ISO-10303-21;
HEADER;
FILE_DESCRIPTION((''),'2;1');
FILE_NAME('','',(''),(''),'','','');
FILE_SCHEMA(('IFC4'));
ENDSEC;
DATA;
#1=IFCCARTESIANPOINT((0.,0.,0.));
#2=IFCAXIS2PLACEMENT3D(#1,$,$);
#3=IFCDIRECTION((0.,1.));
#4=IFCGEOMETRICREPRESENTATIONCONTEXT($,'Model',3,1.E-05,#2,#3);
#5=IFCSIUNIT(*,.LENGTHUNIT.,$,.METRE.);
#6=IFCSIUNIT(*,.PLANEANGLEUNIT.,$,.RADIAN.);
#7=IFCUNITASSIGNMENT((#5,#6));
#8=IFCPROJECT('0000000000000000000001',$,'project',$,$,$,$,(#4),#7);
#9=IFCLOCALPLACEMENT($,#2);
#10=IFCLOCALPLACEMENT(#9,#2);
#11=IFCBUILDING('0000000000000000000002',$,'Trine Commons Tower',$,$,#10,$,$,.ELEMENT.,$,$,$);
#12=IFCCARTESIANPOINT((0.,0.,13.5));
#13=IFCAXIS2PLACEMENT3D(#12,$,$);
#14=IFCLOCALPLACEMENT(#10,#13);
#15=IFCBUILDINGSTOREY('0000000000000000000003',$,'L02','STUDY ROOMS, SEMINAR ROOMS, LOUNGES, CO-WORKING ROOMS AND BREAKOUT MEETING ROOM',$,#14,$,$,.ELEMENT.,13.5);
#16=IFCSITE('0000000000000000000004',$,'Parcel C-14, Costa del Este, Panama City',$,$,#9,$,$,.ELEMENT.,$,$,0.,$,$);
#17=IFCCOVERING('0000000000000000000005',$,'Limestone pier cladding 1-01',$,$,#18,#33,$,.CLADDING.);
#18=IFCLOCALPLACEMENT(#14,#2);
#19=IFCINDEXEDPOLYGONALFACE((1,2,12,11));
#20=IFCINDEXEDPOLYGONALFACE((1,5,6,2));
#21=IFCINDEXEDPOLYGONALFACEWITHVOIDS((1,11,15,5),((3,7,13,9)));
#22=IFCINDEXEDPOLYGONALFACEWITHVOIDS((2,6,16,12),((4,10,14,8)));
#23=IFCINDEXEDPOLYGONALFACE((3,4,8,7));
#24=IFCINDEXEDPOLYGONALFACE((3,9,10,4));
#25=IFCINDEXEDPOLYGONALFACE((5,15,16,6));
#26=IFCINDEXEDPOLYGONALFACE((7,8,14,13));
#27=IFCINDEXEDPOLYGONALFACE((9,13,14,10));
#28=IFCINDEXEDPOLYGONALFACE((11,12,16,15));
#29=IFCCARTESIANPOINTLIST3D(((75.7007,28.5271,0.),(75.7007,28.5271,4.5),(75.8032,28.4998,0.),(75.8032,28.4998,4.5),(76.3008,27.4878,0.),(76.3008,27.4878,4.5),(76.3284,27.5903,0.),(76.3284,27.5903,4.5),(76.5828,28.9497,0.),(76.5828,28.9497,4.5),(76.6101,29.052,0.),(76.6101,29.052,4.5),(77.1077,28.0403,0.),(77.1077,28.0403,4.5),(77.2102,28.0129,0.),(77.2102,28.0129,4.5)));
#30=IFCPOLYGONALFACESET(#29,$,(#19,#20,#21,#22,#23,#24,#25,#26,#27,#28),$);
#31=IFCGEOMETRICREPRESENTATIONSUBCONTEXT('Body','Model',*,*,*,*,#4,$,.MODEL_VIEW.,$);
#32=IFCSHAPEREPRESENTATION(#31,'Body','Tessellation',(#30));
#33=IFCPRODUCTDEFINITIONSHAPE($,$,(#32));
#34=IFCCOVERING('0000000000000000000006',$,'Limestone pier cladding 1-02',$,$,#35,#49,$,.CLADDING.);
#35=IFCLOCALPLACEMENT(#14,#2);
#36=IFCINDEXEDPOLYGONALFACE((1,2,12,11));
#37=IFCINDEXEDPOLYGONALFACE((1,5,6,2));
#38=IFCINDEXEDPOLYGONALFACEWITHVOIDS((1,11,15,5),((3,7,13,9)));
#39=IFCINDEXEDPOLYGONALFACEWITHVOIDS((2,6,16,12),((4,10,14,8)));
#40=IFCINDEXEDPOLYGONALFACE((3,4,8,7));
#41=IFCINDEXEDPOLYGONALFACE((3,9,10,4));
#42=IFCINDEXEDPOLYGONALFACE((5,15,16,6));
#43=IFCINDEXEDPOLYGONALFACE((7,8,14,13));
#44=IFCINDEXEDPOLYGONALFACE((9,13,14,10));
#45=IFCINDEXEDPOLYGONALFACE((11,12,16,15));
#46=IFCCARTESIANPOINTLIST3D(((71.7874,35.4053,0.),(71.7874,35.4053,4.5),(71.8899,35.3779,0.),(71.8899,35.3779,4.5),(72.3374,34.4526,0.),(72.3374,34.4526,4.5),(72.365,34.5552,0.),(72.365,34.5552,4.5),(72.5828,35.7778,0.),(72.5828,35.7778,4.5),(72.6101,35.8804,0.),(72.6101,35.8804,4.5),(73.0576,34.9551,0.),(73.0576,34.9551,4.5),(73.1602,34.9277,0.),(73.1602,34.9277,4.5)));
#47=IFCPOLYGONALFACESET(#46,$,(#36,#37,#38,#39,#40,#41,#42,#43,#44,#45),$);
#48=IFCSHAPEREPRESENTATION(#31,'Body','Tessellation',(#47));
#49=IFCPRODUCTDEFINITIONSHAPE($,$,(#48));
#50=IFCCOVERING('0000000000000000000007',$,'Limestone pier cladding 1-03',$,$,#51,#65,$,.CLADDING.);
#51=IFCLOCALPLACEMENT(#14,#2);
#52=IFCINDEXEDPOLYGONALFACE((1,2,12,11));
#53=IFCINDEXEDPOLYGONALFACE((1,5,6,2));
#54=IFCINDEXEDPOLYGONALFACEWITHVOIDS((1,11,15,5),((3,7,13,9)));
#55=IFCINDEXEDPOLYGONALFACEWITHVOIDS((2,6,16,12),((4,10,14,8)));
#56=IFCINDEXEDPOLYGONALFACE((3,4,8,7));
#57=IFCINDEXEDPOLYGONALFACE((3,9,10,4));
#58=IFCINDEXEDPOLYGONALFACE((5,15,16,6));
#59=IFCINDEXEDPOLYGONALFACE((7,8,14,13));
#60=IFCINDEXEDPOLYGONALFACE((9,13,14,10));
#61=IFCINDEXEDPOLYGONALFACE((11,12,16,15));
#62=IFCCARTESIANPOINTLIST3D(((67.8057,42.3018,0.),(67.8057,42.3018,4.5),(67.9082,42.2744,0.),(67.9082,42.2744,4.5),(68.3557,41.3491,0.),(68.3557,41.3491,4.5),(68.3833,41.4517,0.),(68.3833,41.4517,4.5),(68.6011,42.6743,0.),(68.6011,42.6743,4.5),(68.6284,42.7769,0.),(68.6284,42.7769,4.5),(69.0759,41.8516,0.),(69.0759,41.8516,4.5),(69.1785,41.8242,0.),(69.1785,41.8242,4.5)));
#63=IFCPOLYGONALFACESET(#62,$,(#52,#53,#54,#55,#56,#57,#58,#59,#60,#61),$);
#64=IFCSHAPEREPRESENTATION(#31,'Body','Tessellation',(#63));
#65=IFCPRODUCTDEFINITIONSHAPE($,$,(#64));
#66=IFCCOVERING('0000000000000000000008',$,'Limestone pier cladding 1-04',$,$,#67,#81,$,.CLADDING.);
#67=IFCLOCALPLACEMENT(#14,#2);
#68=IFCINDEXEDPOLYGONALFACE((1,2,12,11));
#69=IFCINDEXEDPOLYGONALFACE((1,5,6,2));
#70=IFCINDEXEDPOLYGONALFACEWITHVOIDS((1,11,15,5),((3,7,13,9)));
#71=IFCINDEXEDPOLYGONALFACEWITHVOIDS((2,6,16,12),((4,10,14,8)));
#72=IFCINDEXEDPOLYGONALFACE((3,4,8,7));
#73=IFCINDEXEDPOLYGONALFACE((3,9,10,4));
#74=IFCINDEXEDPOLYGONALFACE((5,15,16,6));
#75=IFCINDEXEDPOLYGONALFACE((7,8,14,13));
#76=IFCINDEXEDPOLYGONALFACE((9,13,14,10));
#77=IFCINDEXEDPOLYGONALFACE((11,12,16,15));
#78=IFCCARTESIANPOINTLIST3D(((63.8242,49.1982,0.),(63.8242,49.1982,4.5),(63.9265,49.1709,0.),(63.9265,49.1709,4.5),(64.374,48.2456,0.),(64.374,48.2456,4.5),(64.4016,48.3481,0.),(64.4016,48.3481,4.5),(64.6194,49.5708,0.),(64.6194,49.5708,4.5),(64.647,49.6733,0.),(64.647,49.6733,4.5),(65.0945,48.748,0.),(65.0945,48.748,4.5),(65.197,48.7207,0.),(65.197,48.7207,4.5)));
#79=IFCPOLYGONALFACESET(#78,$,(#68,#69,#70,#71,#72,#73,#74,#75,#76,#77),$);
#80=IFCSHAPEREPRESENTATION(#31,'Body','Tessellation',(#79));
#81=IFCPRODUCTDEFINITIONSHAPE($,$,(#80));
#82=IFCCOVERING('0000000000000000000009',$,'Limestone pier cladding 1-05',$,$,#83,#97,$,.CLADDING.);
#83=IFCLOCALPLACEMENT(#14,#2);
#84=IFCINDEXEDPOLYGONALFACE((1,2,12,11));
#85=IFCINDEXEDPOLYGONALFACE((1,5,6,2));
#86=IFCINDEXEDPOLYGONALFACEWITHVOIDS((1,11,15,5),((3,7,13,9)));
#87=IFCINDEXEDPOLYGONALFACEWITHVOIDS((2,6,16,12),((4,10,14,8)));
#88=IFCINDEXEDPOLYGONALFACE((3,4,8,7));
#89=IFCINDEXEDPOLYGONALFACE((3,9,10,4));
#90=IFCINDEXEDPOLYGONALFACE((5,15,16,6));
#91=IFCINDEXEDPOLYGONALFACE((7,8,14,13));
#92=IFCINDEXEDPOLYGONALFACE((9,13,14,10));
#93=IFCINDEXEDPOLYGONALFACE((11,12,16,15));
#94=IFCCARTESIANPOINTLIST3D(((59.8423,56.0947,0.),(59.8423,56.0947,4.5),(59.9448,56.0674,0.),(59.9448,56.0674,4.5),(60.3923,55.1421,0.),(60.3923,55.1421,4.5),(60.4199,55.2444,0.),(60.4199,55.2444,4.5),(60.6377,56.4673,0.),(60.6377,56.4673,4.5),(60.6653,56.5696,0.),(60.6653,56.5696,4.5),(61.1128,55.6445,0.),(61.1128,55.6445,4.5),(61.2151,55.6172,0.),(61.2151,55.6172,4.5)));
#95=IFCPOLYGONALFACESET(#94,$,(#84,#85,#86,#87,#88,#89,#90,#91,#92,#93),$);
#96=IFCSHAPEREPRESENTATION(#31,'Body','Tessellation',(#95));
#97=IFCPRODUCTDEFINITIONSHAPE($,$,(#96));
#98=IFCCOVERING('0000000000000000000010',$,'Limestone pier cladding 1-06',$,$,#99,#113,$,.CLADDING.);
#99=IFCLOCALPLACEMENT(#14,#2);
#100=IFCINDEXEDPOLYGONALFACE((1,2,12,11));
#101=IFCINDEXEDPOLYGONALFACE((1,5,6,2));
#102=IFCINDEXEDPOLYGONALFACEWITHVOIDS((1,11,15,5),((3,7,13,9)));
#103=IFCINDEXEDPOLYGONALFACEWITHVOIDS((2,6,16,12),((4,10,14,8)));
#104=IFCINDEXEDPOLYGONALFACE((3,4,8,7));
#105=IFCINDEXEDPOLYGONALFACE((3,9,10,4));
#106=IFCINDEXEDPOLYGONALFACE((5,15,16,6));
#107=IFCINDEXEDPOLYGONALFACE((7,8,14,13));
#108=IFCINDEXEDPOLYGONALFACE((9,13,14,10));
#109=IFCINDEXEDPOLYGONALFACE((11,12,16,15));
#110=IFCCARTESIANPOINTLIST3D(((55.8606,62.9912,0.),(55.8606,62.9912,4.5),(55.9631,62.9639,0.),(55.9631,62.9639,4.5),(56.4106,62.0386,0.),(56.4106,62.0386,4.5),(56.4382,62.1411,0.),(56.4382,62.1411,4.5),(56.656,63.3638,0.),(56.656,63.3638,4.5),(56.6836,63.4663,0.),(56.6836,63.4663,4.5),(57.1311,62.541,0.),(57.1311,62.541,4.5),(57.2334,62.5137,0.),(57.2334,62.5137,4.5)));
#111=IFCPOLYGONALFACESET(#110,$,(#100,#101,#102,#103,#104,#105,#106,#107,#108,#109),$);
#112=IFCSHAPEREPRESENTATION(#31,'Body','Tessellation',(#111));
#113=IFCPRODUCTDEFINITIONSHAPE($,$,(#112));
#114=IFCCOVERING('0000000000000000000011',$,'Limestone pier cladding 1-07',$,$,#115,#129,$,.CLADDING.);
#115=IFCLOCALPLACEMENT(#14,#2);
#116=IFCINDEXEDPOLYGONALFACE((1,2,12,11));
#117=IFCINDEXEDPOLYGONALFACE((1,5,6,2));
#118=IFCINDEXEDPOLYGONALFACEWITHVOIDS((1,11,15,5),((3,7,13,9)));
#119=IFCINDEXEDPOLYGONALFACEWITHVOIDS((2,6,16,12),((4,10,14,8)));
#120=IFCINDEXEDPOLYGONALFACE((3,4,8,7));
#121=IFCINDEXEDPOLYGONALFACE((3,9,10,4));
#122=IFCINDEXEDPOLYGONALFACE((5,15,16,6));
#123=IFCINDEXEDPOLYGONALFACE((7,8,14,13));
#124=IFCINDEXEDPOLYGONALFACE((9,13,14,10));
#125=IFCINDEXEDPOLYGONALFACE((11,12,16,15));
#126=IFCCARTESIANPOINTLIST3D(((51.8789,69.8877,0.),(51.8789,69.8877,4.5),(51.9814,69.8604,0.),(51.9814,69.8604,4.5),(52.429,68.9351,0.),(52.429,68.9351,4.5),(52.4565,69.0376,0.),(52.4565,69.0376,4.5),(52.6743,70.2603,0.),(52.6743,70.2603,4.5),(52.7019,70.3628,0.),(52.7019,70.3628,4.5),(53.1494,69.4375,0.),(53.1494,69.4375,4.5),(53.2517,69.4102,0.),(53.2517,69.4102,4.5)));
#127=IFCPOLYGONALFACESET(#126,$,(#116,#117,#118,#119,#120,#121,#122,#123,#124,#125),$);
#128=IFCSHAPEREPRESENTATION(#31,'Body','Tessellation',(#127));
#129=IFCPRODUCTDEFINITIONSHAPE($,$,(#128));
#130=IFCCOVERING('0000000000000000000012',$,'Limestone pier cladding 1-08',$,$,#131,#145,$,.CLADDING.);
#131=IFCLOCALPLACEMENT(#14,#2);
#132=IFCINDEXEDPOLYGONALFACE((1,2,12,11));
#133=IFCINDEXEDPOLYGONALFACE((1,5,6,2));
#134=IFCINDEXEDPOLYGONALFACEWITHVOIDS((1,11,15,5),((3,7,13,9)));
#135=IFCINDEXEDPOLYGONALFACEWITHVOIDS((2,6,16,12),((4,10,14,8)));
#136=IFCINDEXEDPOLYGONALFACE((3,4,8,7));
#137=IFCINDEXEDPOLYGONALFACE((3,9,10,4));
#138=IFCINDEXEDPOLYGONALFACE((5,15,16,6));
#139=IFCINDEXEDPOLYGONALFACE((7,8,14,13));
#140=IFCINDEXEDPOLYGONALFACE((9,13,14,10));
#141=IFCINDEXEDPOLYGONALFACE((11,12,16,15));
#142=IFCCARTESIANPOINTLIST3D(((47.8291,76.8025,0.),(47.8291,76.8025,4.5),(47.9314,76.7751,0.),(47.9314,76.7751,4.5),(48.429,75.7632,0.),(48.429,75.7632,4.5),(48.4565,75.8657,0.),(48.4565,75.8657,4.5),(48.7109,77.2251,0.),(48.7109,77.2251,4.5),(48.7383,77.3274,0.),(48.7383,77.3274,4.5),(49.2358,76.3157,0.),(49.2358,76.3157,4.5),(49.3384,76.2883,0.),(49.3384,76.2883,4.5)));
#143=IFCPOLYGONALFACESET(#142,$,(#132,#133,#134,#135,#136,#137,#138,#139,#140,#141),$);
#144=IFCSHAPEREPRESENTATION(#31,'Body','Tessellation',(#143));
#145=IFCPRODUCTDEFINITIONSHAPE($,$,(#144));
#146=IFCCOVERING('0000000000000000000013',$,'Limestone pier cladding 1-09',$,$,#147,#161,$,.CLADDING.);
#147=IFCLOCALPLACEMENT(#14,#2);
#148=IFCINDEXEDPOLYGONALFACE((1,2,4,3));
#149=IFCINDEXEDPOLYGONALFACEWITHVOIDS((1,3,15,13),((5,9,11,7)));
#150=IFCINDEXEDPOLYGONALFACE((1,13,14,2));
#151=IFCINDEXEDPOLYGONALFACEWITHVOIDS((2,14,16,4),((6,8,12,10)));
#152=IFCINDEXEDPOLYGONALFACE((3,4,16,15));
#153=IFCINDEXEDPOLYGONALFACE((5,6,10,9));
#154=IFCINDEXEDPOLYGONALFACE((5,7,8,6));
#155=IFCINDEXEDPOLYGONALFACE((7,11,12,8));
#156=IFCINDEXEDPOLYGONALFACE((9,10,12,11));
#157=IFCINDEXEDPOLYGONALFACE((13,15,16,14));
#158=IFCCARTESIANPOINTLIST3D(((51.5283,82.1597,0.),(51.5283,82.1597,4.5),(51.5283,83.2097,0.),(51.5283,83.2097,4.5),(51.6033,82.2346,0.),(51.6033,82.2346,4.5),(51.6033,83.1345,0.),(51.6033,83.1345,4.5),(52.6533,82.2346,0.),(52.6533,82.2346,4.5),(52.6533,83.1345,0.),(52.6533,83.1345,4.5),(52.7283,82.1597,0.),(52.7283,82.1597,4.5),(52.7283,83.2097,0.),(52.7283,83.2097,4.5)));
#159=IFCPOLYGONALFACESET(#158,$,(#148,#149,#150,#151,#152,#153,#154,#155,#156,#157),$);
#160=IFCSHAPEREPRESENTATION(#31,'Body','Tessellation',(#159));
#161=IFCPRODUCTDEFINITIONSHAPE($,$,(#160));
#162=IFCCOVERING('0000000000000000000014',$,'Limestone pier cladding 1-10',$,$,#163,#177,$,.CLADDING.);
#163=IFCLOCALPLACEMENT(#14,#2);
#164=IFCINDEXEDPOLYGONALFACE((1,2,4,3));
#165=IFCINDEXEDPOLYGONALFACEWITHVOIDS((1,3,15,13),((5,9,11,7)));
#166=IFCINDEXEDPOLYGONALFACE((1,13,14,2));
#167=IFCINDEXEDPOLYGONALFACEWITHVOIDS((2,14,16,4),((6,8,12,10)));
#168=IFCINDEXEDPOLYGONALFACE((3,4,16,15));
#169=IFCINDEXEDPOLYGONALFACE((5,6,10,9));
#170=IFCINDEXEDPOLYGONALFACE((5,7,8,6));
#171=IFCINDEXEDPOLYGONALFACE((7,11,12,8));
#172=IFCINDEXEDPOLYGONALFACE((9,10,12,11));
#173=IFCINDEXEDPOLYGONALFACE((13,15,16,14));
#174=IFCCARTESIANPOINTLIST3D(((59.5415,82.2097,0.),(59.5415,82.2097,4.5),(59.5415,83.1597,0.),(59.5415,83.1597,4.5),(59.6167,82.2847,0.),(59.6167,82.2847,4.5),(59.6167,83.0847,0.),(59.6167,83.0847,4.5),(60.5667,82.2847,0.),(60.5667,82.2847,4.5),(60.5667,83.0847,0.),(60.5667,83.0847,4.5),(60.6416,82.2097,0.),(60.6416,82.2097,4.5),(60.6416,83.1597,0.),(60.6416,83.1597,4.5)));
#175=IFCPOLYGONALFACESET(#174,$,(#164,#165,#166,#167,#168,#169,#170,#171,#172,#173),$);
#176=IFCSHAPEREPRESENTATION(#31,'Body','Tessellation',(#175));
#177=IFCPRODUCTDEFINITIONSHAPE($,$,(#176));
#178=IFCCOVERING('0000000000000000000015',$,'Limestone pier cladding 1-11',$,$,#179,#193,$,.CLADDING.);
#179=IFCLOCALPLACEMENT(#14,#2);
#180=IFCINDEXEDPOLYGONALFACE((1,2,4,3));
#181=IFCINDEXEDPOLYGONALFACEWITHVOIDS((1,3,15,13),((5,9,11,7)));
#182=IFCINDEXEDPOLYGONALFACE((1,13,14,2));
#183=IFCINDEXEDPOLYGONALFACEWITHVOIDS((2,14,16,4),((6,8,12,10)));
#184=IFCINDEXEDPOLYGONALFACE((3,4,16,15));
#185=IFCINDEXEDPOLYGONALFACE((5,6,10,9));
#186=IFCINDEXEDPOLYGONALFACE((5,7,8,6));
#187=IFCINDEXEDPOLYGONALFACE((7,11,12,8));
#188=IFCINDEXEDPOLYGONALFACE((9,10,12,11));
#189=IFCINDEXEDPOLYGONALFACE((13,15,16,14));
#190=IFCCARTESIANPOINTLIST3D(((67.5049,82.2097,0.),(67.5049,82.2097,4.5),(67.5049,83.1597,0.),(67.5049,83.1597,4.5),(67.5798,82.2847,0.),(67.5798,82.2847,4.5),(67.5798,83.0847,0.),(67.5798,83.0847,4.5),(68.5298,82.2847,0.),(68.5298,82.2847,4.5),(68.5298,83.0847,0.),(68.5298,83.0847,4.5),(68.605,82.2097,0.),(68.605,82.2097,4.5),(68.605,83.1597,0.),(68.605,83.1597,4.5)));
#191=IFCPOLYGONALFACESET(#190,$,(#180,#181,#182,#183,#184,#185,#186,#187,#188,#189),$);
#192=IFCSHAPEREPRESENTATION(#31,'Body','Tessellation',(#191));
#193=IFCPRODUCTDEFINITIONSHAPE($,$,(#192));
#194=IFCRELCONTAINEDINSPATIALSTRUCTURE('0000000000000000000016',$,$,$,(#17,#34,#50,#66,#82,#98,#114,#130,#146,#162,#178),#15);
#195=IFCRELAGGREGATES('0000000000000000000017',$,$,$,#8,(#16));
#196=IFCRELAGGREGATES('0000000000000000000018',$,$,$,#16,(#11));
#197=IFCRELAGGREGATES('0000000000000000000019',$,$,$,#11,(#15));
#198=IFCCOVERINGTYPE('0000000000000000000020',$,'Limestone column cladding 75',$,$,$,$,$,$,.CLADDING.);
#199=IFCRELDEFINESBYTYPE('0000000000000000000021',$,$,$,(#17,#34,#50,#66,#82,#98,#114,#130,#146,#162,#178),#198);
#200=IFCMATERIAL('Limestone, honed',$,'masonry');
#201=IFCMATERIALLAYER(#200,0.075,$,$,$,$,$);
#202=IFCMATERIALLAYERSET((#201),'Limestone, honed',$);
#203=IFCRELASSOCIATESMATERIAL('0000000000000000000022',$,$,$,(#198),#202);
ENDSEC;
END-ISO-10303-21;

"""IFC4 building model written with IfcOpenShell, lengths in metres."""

from ifc_helpers import new_model, si_unit, direction, frame, origin, place, context, subcontext, project, spatial, polyline, outline, extrude, material, layer, layer_set, type_object, element, save


model = new_model("IFC4")

# Units and contexts
model_context = context("Model", 3, precision=1e-05, world=origin(), true_north=direction((0.0, 1.0)))
body_context = subcontext(model_context, "Body", "Model", "MODEL_VIEW")
ifc_project = project(units=[si_unit("LENGTHUNIT", "METRE"), si_unit("PLANEANGLEUNIT", "RADIAN")], contexts=[model_context])

# Site, building, storey
site_placement = place(None, origin())
site = spatial("IfcSite", under=ifc_project, at=site_placement, Name="Parcel C-14, Costa del Este, Panama City", CompositionType="ELEMENT", RefElevation=0.0)
building_placement = place(site_placement, origin())
building = spatial("IfcBuilding", under=site, at=building_placement, Name="Trine Commons Tower", CompositionType="ELEMENT")
storey_placement = place(building_placement, frame((0.0, 0.0, 13.5)))
storey = spatial("IfcBuildingStorey", under=building, at=storey_placement, Name="L02", Description="STUDY ROOMS, SEMINAR ROOMS, LOUNGES, CO-WORKING ROOMS AND BREAKOUT MEETING ROOM", CompositionType="ELEMENT", Elevation=13.5)

# Coverings
ifc_material_1 = material(Name="Limestone, honed", Category="masonry")
ifc_layer_1 = layer(ifc_material_1, 0.075)
ifc_layer_set_1 = layer_set([ifc_layer_1], Name="Limestone, honed")
covering_type = type_object("IfcCoveringType", Name="Limestone column cladding 75", PredefinedType="CLADDING", material=ifc_layer_set_1)
covering_1_placement = place(storey_placement, origin())
element("IfcCovering", 1, at=covering_1_placement, inside=storey, type_object=covering_type, Name="Limestone pier cladding 1-01", PredefinedType="CLADDING", context=body_context, shape_type="SweptSolid", body=[
    extrude(outline(polyline([(76.6101, 29.052), (75.7007, 28.5271), (76.3008, 27.4878), (77.2102, 28.0129), (76.6101, 29.052)]), holes=[polyline([(76.5828, 28.9497), (75.8032, 28.4998), (76.3284, 27.5903), (77.1077, 28.0403), (76.5828, 28.9497)])]), origin(), (0.0, 0.0, 1.0), 4.5),
])
covering_2_placement = place(storey_placement, origin())
element("IfcCovering", 2, at=covering_2_placement, inside=storey, type_object=covering_type, Name="Limestone pier cladding 1-02", PredefinedType="CLADDING", context=body_context, shape_type="SweptSolid", body=[
    extrude(outline(polyline([(72.6101, 35.8804), (71.7874, 35.4053), (72.3374, 34.4526), (73.1602, 34.9277), (72.6101, 35.8804)]), holes=[polyline([(72.5828, 35.7778), (71.8899, 35.3779), (72.365, 34.5552), (73.0576, 34.9551), (72.5828, 35.7778)])]), origin(), (0.0, 0.0, 1.0), 4.5),
])
covering_3_placement = place(storey_placement, origin())
element("IfcCovering", 3, at=covering_3_placement, inside=storey, type_object=covering_type, Name="Limestone pier cladding 1-03", PredefinedType="CLADDING", context=body_context, shape_type="SweptSolid", body=[
    extrude(outline(polyline([(68.6284, 42.7769), (67.8057, 42.3018), (68.3557, 41.3491), (69.1785, 41.8242), (68.6284, 42.7769)]), holes=[polyline([(68.6011, 42.6743), (67.9082, 42.2744), (68.3833, 41.4517), (69.0759, 41.8516), (68.6011, 42.6743)])]), origin(), (0.0, 0.0, 1.0), 4.5),
])
covering_4_placement = place(storey_placement, origin())
element("IfcCovering", 4, at=covering_4_placement, inside=storey, type_object=covering_type, Name="Limestone pier cladding 1-04", PredefinedType="CLADDING", context=body_context, shape_type="SweptSolid", body=[
    extrude(outline(polyline([(64.647, 49.6733), (63.8242, 49.1982), (64.374, 48.2456), (65.197, 48.7207), (64.647, 49.6733)]), holes=[polyline([(64.6194, 49.5708), (63.9265, 49.1709), (64.4016, 48.3481), (65.0945, 48.748), (64.6194, 49.5708)])]), origin(), (0.0, 0.0, 1.0), 4.5),
])
covering_5_placement = place(storey_placement, origin())
element("IfcCovering", 5, at=covering_5_placement, inside=storey, type_object=covering_type, Name="Limestone pier cladding 1-05", PredefinedType="CLADDING", context=body_context, shape_type="SweptSolid", body=[
    extrude(outline(polyline([(60.6653, 56.5696), (59.8423, 56.0947), (60.3923, 55.1421), (61.2151, 55.6172), (60.6653, 56.5696)]), holes=[polyline([(60.6377, 56.4673), (59.9448, 56.0674), (60.4199, 55.2444), (61.1128, 55.6445), (60.6377, 56.4673)])]), origin(), (0.0, 0.0, 1.0), 4.5),
])
covering_6_placement = place(storey_placement, origin())
element("IfcCovering", 6, at=covering_6_placement, inside=storey, type_object=covering_type, Name="Limestone pier cladding 1-06", PredefinedType="CLADDING", context=body_context, shape_type="SweptSolid", body=[
    extrude(outline(polyline([(56.6836, 63.4663), (55.8606, 62.9912), (56.4106, 62.0386), (57.2334, 62.5137), (56.6836, 63.4663)]), holes=[polyline([(56.656, 63.3638), (55.9631, 62.9639), (56.4382, 62.1411), (57.1311, 62.541), (56.656, 63.3638)])]), origin(), (0.0, 0.0, 1.0), 4.5),
])
covering_7_placement = place(storey_placement, origin())
element("IfcCovering", 7, at=covering_7_placement, inside=storey, type_object=covering_type, Name="Limestone pier cladding 1-07", PredefinedType="CLADDING", context=body_context, shape_type="SweptSolid", body=[
    extrude(outline(polyline([(52.7019, 70.3628), (51.8789, 69.8877), (52.429, 68.9351), (53.2517, 69.4102), (52.7019, 70.3628)]), holes=[polyline([(52.6743, 70.2603), (51.9814, 69.8604), (52.4565, 69.0376), (53.1494, 69.4375), (52.6743, 70.2603)])]), origin(), (0.0, 0.0, 1.0), 4.5),
])
covering_8_placement = place(storey_placement, origin())
element("IfcCovering", 8, at=covering_8_placement, inside=storey, type_object=covering_type, Name="Limestone pier cladding 1-08", PredefinedType="CLADDING", context=body_context, shape_type="SweptSolid", body=[
    extrude(outline(polyline([(48.7383, 77.3274), (47.8291, 76.8025), (48.429, 75.7632), (49.3384, 76.2883), (48.7383, 77.3274)]), holes=[polyline([(48.7109, 77.2251), (47.9314, 76.7751), (48.4565, 75.8657), (49.2358, 76.3157), (48.7109, 77.2251)])]), origin(), (0.0, 0.0, 1.0), 4.5),
])
covering_9_placement = place(storey_placement, origin())
element("IfcCovering", 9, at=covering_9_placement, inside=storey, type_object=covering_type, Name="Limestone pier cladding 1-09", PredefinedType="CLADDING", context=body_context, shape_type="SweptSolid", body=[
    extrude(outline(polyline([(52.7283, 82.1597), (52.7283, 83.2097), (51.5283, 83.2097), (51.5283, 82.1597), (52.7283, 82.1597)]), holes=[polyline([(52.6533, 82.2346), (52.6533, 83.1345), (51.6033, 83.1345), (51.6033, 82.2346), (52.6533, 82.2346)])]), origin(), (0.0, 0.0, 1.0), 4.5),
])
covering_10_placement = place(storey_placement, origin())
element("IfcCovering", 10, at=covering_10_placement, inside=storey, type_object=covering_type, Name="Limestone pier cladding 1-10", PredefinedType="CLADDING", context=body_context, shape_type="SweptSolid", body=[
    extrude(outline(polyline([(60.6416, 82.2097), (60.6416, 83.1597), (59.5415, 83.1597), (59.5415, 82.2097), (60.6416, 82.2097)]), holes=[polyline([(60.5667, 82.2847), (60.5667, 83.0847), (59.6167, 83.0847), (59.6167, 82.2847), (60.5667, 82.2847)])]), origin(), (0.0, 0.0, 1.0), 4.5),
])
covering_11_placement = place(storey_placement, origin())
element("IfcCovering", 11, at=covering_11_placement, inside=storey, type_object=covering_type, Name="Limestone pier cladding 1-11", PredefinedType="CLADDING", context=body_context, shape_type="SweptSolid", body=[
    extrude(outline(polyline([(68.605, 82.2097), (68.605, 83.1597), (67.5049, 83.1597), (67.5049, 82.2097), (68.605, 82.2097)]), holes=[polyline([(68.5298, 82.2847), (68.5298, 83.0847), (67.5798, 83.0847), (67.5798, 82.2847), (68.5298, 82.2847)])]), origin(), (0.0, 0.0, 1.0), 4.5),
])

save(model, "model.ifc")
